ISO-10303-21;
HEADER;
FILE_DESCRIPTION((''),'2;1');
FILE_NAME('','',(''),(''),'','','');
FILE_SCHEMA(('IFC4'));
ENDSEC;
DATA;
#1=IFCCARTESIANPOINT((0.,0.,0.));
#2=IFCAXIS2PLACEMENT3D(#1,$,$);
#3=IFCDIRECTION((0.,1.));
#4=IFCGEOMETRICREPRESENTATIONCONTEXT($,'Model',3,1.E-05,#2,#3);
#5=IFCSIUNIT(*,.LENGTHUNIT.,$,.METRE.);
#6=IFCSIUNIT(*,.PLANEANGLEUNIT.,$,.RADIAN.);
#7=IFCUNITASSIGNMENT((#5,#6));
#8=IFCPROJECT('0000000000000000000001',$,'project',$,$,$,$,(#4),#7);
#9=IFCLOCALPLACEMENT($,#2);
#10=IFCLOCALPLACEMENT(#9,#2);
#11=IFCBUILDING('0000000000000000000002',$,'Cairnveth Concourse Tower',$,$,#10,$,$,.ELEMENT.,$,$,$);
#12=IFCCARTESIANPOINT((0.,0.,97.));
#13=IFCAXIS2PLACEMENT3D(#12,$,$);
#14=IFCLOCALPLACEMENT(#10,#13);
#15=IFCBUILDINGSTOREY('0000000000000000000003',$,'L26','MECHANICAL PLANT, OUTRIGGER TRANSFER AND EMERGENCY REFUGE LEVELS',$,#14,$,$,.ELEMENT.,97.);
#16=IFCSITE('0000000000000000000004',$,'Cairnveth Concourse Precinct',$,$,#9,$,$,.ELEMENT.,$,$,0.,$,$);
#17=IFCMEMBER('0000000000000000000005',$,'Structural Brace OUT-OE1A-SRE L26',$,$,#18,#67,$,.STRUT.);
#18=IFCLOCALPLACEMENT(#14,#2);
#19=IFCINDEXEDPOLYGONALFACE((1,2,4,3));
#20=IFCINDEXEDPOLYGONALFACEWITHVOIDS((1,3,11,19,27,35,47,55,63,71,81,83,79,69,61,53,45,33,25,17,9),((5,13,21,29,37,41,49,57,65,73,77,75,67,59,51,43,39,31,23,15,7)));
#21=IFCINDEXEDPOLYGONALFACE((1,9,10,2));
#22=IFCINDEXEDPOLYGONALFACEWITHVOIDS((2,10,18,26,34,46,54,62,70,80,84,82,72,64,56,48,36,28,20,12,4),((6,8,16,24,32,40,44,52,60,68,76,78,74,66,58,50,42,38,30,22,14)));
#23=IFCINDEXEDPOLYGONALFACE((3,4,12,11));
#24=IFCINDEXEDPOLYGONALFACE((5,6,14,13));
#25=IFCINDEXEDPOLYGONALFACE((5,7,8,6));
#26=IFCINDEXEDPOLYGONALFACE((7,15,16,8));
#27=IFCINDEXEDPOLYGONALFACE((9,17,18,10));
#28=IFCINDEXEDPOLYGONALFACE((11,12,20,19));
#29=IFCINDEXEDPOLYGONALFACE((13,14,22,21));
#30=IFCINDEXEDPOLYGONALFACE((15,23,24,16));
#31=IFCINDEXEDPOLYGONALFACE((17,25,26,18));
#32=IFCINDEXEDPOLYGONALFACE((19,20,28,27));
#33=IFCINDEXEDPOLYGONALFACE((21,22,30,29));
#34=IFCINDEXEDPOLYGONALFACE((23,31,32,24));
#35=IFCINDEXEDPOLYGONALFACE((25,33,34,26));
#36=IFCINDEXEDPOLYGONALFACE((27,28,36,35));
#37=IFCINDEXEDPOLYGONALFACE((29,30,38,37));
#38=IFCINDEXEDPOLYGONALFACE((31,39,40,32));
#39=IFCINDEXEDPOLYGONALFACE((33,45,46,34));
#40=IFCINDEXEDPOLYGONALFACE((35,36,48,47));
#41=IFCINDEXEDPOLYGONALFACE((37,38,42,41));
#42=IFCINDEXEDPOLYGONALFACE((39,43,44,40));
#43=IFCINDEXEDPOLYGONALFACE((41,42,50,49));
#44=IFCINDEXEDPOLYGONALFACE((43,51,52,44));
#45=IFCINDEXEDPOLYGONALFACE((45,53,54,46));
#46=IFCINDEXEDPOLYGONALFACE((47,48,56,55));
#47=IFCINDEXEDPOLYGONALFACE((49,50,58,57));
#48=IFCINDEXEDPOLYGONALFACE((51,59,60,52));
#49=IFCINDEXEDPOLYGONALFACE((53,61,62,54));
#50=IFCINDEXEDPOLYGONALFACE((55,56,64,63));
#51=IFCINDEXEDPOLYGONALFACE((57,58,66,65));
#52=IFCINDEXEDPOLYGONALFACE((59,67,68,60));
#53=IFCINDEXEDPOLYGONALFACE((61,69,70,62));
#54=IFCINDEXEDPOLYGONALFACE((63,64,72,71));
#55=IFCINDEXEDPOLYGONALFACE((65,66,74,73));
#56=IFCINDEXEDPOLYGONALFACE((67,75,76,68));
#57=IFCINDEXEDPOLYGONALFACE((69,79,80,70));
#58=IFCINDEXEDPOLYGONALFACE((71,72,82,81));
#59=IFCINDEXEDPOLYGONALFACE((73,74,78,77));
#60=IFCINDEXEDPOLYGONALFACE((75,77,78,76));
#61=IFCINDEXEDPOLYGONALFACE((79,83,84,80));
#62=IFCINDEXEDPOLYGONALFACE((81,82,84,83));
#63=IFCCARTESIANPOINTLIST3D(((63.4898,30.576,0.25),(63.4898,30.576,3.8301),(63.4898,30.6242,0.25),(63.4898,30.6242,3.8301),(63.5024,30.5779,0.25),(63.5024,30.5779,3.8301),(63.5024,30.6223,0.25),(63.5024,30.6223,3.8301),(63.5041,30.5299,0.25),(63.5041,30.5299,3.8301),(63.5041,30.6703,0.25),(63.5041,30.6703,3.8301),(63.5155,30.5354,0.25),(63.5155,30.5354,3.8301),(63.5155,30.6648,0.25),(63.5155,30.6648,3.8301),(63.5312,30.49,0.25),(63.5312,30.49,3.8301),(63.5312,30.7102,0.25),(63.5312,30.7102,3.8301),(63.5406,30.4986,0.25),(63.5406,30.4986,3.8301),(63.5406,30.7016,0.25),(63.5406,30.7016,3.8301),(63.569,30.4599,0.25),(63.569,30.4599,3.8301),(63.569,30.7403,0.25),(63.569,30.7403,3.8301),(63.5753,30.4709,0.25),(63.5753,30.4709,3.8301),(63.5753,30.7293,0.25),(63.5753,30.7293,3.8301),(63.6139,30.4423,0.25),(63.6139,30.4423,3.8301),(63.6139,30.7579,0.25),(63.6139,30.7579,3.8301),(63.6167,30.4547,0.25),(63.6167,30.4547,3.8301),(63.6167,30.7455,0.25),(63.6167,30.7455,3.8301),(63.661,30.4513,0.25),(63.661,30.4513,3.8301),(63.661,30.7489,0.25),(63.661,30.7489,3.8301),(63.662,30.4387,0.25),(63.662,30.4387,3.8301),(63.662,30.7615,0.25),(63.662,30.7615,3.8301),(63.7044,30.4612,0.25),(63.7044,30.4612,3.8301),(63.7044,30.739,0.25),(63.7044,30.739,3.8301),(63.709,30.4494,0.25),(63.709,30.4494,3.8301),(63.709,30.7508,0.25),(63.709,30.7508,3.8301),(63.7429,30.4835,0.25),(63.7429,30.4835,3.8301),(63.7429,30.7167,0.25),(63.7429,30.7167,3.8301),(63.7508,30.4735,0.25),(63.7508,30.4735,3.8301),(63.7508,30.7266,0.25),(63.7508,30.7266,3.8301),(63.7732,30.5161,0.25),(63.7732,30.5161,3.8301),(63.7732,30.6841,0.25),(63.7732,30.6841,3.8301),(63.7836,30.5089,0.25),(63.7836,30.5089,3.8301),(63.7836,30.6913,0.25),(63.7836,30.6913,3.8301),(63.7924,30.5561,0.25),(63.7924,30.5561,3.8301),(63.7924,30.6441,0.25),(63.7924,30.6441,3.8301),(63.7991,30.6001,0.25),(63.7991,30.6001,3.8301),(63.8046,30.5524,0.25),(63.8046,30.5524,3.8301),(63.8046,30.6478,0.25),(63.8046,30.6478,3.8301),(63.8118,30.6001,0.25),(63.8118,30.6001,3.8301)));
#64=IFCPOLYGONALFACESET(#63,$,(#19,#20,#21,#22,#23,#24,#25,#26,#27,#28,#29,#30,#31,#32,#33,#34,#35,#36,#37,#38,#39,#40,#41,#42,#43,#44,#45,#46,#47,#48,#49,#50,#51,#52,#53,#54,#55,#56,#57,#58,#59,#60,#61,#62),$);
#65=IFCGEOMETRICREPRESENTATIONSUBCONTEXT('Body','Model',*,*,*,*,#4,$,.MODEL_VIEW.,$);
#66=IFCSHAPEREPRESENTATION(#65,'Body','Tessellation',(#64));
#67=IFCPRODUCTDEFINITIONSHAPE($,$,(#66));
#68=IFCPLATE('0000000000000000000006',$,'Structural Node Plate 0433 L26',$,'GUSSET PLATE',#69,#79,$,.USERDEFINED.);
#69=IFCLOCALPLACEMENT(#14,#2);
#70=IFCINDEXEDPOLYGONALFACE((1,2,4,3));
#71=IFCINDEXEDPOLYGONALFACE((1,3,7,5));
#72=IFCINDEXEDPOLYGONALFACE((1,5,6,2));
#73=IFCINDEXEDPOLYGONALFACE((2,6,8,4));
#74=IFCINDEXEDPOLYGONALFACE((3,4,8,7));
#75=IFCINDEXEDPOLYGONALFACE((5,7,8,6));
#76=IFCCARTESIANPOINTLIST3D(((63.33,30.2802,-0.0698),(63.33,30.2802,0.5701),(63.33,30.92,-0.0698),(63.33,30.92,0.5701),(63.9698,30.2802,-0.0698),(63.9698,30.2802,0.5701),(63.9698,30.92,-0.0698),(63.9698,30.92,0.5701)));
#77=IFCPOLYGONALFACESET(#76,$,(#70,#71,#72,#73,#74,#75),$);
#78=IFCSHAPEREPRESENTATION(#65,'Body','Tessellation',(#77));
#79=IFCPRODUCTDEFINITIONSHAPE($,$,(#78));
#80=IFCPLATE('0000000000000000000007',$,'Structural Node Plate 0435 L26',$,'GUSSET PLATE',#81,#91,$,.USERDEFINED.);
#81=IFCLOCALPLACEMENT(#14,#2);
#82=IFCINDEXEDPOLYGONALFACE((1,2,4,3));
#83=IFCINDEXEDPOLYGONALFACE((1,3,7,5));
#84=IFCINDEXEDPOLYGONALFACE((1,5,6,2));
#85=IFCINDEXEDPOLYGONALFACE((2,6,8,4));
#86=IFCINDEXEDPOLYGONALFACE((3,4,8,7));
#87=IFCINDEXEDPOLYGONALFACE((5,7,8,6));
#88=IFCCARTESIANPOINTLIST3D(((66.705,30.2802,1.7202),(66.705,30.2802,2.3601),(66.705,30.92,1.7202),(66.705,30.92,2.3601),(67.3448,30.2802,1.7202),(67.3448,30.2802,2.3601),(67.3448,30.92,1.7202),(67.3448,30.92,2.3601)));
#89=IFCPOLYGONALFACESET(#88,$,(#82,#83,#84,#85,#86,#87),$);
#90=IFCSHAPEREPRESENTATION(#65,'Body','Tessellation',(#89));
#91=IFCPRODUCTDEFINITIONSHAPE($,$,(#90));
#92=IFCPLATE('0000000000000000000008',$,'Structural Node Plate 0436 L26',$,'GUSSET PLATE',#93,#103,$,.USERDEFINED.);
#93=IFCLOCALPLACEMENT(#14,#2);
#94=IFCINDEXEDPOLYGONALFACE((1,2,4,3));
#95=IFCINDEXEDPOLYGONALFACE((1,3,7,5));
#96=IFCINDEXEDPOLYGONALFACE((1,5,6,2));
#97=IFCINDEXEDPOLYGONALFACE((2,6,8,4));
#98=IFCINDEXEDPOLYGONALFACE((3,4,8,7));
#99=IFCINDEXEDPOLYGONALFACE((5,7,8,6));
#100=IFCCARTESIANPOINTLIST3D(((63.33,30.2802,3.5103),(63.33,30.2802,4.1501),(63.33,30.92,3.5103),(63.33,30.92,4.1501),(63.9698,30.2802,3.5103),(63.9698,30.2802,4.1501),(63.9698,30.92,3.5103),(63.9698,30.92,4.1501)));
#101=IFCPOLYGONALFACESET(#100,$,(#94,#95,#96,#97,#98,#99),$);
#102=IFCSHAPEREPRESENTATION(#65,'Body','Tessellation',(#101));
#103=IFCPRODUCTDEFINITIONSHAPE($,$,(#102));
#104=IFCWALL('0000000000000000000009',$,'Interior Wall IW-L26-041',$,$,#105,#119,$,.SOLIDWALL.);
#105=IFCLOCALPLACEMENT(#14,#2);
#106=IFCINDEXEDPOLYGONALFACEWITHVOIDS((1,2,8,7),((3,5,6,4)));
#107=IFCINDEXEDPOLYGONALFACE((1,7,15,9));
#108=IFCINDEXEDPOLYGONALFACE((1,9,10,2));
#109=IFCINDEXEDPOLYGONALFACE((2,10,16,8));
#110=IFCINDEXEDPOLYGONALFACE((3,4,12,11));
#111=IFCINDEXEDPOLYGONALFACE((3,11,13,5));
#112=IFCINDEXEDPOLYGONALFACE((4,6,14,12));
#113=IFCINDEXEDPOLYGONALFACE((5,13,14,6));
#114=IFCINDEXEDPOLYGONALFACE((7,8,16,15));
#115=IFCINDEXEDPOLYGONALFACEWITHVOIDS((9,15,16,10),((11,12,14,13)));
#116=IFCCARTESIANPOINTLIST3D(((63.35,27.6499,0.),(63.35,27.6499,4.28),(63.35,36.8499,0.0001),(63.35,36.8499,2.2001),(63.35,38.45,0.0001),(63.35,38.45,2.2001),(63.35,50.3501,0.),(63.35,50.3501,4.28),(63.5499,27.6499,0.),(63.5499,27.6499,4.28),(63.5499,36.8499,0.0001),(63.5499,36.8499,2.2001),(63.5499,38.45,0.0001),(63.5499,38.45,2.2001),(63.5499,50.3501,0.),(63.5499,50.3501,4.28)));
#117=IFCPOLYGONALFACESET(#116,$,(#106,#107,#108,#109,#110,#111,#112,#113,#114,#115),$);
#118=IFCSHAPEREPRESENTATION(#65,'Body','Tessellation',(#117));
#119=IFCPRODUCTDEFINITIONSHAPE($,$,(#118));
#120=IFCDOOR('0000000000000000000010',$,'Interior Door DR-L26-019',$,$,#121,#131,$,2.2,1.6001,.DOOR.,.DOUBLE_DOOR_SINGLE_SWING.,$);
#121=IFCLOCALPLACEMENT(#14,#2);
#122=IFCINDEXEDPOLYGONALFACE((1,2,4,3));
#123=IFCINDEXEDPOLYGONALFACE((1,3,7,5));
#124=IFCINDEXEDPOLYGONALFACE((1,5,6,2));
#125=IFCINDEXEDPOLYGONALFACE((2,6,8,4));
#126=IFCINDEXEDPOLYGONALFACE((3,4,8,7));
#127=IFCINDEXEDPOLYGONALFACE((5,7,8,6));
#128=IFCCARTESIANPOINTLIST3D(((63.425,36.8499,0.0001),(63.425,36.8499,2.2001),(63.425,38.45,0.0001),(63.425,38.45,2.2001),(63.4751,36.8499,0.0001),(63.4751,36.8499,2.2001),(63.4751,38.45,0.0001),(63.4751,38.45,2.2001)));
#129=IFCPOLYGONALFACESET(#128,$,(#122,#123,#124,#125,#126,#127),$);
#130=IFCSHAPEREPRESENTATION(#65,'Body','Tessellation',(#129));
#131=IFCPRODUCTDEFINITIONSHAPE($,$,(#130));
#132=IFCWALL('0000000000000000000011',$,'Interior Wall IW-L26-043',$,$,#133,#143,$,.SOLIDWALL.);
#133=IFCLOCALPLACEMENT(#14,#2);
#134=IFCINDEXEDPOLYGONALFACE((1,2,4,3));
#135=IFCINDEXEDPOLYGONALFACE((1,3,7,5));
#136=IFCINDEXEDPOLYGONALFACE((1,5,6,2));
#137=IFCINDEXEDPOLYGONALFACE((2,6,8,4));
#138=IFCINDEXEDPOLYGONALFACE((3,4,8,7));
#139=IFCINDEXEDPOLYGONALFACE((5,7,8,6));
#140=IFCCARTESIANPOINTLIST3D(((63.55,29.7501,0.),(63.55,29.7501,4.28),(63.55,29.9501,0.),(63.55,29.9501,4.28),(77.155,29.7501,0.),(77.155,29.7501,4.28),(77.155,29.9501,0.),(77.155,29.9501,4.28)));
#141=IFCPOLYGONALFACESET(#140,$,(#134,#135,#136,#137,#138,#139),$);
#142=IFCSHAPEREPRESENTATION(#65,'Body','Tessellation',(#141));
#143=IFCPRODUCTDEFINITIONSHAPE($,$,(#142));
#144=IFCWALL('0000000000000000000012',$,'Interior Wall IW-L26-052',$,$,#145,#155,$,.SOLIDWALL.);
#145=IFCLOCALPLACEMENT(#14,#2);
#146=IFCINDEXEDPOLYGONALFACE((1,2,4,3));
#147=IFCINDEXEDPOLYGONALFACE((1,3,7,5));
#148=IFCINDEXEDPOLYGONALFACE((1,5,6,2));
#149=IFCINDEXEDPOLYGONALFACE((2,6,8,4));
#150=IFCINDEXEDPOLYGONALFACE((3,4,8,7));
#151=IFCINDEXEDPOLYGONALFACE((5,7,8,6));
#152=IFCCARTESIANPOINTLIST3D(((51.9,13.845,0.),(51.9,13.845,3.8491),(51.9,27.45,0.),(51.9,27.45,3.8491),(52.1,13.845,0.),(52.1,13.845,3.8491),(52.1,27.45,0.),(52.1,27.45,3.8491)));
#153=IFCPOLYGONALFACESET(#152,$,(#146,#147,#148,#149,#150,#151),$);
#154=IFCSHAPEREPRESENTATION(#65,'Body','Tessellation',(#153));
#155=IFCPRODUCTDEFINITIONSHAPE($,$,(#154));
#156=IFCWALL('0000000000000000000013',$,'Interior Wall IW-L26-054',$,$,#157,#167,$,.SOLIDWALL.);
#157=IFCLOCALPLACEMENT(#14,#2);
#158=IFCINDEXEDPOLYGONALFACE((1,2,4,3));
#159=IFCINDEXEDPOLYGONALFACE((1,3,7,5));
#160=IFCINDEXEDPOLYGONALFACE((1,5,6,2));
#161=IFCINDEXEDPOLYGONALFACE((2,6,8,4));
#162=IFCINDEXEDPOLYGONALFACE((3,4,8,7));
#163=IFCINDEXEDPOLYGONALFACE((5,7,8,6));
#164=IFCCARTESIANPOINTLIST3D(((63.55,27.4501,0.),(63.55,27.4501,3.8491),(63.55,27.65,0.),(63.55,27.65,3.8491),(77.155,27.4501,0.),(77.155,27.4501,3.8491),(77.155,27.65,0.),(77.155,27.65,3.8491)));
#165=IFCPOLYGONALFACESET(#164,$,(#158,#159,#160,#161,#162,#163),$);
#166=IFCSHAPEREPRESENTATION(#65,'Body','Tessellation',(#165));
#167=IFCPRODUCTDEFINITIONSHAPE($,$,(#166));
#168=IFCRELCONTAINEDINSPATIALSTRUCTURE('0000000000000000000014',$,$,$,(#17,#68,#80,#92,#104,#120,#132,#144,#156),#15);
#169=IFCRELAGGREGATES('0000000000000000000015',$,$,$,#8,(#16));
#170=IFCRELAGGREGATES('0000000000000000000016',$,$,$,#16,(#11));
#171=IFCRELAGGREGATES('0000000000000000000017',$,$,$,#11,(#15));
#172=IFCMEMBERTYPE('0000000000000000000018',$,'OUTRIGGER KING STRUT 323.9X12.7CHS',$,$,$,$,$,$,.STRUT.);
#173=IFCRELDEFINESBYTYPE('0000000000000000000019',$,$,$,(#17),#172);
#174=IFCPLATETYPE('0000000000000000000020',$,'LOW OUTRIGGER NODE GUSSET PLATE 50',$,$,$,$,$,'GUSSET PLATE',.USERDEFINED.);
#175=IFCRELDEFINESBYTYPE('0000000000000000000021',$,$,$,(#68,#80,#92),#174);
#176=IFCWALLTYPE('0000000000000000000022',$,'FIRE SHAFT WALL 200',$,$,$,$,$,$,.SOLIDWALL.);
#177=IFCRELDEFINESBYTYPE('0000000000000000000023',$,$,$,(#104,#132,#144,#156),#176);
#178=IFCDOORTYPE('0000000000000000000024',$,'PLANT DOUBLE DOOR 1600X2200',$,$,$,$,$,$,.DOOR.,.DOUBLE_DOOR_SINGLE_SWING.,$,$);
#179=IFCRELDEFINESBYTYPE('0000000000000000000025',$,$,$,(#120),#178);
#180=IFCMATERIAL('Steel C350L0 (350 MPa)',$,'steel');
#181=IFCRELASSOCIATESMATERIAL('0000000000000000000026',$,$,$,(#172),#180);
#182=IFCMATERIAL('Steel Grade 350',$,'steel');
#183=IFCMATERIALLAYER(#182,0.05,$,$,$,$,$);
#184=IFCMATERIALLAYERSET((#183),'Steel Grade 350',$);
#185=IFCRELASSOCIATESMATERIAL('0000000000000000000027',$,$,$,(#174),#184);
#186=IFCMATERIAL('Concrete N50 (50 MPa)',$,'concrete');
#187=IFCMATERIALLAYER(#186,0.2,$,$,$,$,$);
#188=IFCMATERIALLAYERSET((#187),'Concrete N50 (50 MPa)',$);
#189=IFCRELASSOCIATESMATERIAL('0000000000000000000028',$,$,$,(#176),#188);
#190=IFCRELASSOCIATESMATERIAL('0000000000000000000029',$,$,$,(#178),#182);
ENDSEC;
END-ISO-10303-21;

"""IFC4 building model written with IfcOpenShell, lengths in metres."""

from ifc_helpers import new_model, si_unit, direction, frame, frame_2d, origin, origin_2d, place, context, subcontext, project, spatial, rectangle, hollow_circle, extrude, material, layer, layer_set, material_profile, profile_set, type_object, element, fill, save


model = new_model("IFC4")

# Units and contexts
model_context = context("Model", 3, precision=1e-05, world=origin(), true_north=direction((0.0, 1.0)))
body_context = subcontext(model_context, "Body", "Model", "MODEL_VIEW")
ifc_project = project(units=[si_unit("LENGTHUNIT", "METRE"), si_unit("PLANEANGLEUNIT", "RADIAN")], contexts=[model_context])

# Site, building, storey
site_placement = place(None, origin())
site = spatial("IfcSite", under=ifc_project, at=site_placement, Name="Cairnveth Concourse Precinct", CompositionType="ELEMENT", RefElevation=0.0)
building_placement = place(site_placement, origin())
building = spatial("IfcBuilding", under=site, at=building_placement, Name="Cairnveth Concourse Tower", CompositionType="ELEMENT")
storey_placement = place(building_placement, frame((0.0, 0.0, 97.0)))
storey = spatial("IfcBuildingStorey", under=building, at=storey_placement, Name="L26", Description="MECHANICAL PLANT, OUTRIGGER TRANSFER AND EMERGENCY REFUGE LEVELS", CompositionType="ELEMENT", Elevation=97.0)

# Shared definitions
ifc_material_1 = material(Name="Steel C350L0 (350 MPa)", Category="steel")

# Member
ifc_material_profile_1 = material_profile(ifc_material_1, hollow_circle(Radius=0.1619, WallThickness=0.0127, at=origin_2d()), Name="323.9x12.7CHS")
ifc_profile_set_1 = profile_set([ifc_material_profile_1], Name="Steel C350L0 (350 MPa)")
member_type_1 = type_object("IfcMemberType", Name="OUTRIGGER KING STRUT 323.9X12.7CHS", PredefinedType="STRUT", material=ifc_profile_set_1)
member_1_placement = place(storey_placement, frame((63.6499, 30.6001, 0.25), z_axis=(0.0, 0.0, 1.0), x_axis=(1.0, 0.0, 0.0)))
element("IfcMember", 1, at=member_1_placement, inside=storey, type_object=member_type_1, Name="Structural Brace OUT-OE1A-SRE L26", PredefinedType="STRUT", context=body_context, shape_type="SweptSolid", body=[
    extrude(hollow_circle(Radius=0.1619, WallThickness=0.0127, at=origin_2d()), origin(), (0.0, 0.0, 1.0), 3.5801),
])

# Plates
ifc_material_2 = material(Name="Steel Grade 350", Category="steel")
ifc_layer_1 = layer(ifc_material_2, 0.05)
ifc_layer_set_1 = layer_set([ifc_layer_1], Name="Steel Grade 350")
plate_type = type_object("IfcPlateType", Name="LOW OUTRIGGER NODE GUSSET PLATE 50", ElementType="GUSSET PLATE", PredefinedType="USERDEFINED", material=ifc_layer_set_1)
for number, where, z_axis, x_axis, name in (
    (2, (63.6499, 30.6001, -0.0698), (0.0, 0.0, 1.0), (1.0, 0.0, 0.0), "Structural Node Plate 0433 L26"),
    (3, (67.0249, 30.6001, 1.7202), (0.0, 0.0, 1.0), (1.0, 0.0, 0.0), "Structural Node Plate 0435 L26"),
    (4, (63.6499, 30.6001, 3.5103), (0.0, 0.0, 1.0), (1.0, 0.0, 0.0), "Structural Node Plate 0436 L26"),
):
    element("IfcPlate", number, at=place(storey_placement, frame(where, z_axis=z_axis, x_axis=x_axis)), inside=storey, type_object=plate_type, Name=name, ObjectType="GUSSET PLATE", PredefinedType="USERDEFINED", context=body_context, shape_type="SweptSolid", body=[
        extrude(rectangle(XDim=0.6399, YDim=0.6399, at=origin_2d()), origin(), (0.0, 0.0, 1.0), 0.6399),
    ])

# Wall, opening, door
ifc_material_3 = material(Name="Concrete N50 (50 MPa)", Category="concrete")
ifc_layer_2 = layer(ifc_material_3, 0.2)
ifc_layer_set_2 = layer_set([ifc_layer_2], Name="Concrete N50 (50 MPa)")
wall_type = type_object("IfcWallType", Name="FIRE SHAFT WALL 200", PredefinedType="SOLIDWALL", material=ifc_layer_set_2)
wall_1_placement = place(storey_placement, frame((63.45, 27.6499, 0.0), z_axis=(0.0, 0.0, 1.0), x_axis=(0.0, 1.0, 0.0)))
wall_1 = element("IfcWall", 5, at=wall_1_placement, inside=storey, type_object=wall_type, Name="Interior Wall IW-L26-041", PredefinedType="SOLIDWALL", context=body_context, shape_type="SweptSolid", body=[
    extrude(rectangle(XDim=22.7002, YDim=0.2, at=frame_2d((11.3501, 0.0))), origin(), (0.0, 0.0, 1.0), 4.28),
])
opening_placement = place(wall_1_placement, frame((9.2, 0.0, 0.0)))
opening = element("IfcOpeningElement", 6, at=opening_placement, cuts=wall_1, PredefinedType="OPENING", context=body_context, shape_type="SweptSolid", body=[
    extrude(rectangle(XDim=1.6001, YDim=2.2, at=frame_2d((0.8, 1.1001))), frame((0.0, 0.1099, 0.0), z_axis=(0.0, -1.0, 0.0), x_axis=(1.0, 0.0, 0.0)), (0.0, 0.0, 1.0), 0.22),
])
door_type = type_object("IfcDoorType", Name="PLANT DOUBLE DOOR 1600X2200", OperationType="DOUBLE_DOOR_SINGLE_SWING", PredefinedType="DOOR", material=ifc_material_2)
door_placement = place(opening_placement, origin())
door = element("IfcDoor", 7, at=door_placement, inside=storey, type_object=door_type, Name="Interior Door DR-L26-019", OperationType="DOUBLE_DOOR_SINGLE_SWING", OverallHeight=2.2, OverallWidth=1.6001, PredefinedType="DOOR", context=body_context, shape_type="SweptSolid", body=[
    extrude(rectangle(XDim=1.6001, YDim=2.2, at=frame_2d((0.8, 1.1001))), frame((0.0, 0.0249, 0.0), z_axis=(0.0, -1.0, 0.0), x_axis=(1.0, 0.0, 0.0)), (0.0, 0.0, 1.0), 0.05),
])
fill(opening, door)

# Walls
wall_2_placement = place(storey_placement, frame((63.55, 29.8501, 0.0), z_axis=(0.0, 0.0, 1.0), x_axis=(1.0, 0.0, 0.0)))
element("IfcWall", 8, at=wall_2_placement, inside=storey, type_object=wall_type, Name="Interior Wall IW-L26-043", PredefinedType="SOLIDWALL", context=body_context, shape_type="SweptSolid", body=[
    extrude(rectangle(XDim=13.605, YDim=0.2, at=frame_2d((6.8025, 0.0))), origin(), (0.0, 0.0, 1.0), 4.28),
])
for number, where, z_axis, x_axis, name in (
    (9, (52.0, 13.845, 0.0), (0.0, 0.0, 1.0), (0.0, 1.0, 0.0), "Interior Wall IW-L26-052"),
    (10, (63.55, 27.55, 0.0), (0.0, 0.0, 1.0), (1.0, 0.0, 0.0), "Interior Wall IW-L26-054"),
):
    element("IfcWall", number, at=place(storey_placement, frame(where, z_axis=z_axis, x_axis=x_axis)), inside=storey, type_object=wall_type, Name=name, PredefinedType="SOLIDWALL", context=body_context, shape_type="SweptSolid", body=[
        extrude(rectangle(XDim=13.605, YDim=0.2, at=frame_2d((6.8025, 0.0))), origin(), (0.0, 0.0, 1.0), 3.8491),
    ])

save(model, "model.ifc")
